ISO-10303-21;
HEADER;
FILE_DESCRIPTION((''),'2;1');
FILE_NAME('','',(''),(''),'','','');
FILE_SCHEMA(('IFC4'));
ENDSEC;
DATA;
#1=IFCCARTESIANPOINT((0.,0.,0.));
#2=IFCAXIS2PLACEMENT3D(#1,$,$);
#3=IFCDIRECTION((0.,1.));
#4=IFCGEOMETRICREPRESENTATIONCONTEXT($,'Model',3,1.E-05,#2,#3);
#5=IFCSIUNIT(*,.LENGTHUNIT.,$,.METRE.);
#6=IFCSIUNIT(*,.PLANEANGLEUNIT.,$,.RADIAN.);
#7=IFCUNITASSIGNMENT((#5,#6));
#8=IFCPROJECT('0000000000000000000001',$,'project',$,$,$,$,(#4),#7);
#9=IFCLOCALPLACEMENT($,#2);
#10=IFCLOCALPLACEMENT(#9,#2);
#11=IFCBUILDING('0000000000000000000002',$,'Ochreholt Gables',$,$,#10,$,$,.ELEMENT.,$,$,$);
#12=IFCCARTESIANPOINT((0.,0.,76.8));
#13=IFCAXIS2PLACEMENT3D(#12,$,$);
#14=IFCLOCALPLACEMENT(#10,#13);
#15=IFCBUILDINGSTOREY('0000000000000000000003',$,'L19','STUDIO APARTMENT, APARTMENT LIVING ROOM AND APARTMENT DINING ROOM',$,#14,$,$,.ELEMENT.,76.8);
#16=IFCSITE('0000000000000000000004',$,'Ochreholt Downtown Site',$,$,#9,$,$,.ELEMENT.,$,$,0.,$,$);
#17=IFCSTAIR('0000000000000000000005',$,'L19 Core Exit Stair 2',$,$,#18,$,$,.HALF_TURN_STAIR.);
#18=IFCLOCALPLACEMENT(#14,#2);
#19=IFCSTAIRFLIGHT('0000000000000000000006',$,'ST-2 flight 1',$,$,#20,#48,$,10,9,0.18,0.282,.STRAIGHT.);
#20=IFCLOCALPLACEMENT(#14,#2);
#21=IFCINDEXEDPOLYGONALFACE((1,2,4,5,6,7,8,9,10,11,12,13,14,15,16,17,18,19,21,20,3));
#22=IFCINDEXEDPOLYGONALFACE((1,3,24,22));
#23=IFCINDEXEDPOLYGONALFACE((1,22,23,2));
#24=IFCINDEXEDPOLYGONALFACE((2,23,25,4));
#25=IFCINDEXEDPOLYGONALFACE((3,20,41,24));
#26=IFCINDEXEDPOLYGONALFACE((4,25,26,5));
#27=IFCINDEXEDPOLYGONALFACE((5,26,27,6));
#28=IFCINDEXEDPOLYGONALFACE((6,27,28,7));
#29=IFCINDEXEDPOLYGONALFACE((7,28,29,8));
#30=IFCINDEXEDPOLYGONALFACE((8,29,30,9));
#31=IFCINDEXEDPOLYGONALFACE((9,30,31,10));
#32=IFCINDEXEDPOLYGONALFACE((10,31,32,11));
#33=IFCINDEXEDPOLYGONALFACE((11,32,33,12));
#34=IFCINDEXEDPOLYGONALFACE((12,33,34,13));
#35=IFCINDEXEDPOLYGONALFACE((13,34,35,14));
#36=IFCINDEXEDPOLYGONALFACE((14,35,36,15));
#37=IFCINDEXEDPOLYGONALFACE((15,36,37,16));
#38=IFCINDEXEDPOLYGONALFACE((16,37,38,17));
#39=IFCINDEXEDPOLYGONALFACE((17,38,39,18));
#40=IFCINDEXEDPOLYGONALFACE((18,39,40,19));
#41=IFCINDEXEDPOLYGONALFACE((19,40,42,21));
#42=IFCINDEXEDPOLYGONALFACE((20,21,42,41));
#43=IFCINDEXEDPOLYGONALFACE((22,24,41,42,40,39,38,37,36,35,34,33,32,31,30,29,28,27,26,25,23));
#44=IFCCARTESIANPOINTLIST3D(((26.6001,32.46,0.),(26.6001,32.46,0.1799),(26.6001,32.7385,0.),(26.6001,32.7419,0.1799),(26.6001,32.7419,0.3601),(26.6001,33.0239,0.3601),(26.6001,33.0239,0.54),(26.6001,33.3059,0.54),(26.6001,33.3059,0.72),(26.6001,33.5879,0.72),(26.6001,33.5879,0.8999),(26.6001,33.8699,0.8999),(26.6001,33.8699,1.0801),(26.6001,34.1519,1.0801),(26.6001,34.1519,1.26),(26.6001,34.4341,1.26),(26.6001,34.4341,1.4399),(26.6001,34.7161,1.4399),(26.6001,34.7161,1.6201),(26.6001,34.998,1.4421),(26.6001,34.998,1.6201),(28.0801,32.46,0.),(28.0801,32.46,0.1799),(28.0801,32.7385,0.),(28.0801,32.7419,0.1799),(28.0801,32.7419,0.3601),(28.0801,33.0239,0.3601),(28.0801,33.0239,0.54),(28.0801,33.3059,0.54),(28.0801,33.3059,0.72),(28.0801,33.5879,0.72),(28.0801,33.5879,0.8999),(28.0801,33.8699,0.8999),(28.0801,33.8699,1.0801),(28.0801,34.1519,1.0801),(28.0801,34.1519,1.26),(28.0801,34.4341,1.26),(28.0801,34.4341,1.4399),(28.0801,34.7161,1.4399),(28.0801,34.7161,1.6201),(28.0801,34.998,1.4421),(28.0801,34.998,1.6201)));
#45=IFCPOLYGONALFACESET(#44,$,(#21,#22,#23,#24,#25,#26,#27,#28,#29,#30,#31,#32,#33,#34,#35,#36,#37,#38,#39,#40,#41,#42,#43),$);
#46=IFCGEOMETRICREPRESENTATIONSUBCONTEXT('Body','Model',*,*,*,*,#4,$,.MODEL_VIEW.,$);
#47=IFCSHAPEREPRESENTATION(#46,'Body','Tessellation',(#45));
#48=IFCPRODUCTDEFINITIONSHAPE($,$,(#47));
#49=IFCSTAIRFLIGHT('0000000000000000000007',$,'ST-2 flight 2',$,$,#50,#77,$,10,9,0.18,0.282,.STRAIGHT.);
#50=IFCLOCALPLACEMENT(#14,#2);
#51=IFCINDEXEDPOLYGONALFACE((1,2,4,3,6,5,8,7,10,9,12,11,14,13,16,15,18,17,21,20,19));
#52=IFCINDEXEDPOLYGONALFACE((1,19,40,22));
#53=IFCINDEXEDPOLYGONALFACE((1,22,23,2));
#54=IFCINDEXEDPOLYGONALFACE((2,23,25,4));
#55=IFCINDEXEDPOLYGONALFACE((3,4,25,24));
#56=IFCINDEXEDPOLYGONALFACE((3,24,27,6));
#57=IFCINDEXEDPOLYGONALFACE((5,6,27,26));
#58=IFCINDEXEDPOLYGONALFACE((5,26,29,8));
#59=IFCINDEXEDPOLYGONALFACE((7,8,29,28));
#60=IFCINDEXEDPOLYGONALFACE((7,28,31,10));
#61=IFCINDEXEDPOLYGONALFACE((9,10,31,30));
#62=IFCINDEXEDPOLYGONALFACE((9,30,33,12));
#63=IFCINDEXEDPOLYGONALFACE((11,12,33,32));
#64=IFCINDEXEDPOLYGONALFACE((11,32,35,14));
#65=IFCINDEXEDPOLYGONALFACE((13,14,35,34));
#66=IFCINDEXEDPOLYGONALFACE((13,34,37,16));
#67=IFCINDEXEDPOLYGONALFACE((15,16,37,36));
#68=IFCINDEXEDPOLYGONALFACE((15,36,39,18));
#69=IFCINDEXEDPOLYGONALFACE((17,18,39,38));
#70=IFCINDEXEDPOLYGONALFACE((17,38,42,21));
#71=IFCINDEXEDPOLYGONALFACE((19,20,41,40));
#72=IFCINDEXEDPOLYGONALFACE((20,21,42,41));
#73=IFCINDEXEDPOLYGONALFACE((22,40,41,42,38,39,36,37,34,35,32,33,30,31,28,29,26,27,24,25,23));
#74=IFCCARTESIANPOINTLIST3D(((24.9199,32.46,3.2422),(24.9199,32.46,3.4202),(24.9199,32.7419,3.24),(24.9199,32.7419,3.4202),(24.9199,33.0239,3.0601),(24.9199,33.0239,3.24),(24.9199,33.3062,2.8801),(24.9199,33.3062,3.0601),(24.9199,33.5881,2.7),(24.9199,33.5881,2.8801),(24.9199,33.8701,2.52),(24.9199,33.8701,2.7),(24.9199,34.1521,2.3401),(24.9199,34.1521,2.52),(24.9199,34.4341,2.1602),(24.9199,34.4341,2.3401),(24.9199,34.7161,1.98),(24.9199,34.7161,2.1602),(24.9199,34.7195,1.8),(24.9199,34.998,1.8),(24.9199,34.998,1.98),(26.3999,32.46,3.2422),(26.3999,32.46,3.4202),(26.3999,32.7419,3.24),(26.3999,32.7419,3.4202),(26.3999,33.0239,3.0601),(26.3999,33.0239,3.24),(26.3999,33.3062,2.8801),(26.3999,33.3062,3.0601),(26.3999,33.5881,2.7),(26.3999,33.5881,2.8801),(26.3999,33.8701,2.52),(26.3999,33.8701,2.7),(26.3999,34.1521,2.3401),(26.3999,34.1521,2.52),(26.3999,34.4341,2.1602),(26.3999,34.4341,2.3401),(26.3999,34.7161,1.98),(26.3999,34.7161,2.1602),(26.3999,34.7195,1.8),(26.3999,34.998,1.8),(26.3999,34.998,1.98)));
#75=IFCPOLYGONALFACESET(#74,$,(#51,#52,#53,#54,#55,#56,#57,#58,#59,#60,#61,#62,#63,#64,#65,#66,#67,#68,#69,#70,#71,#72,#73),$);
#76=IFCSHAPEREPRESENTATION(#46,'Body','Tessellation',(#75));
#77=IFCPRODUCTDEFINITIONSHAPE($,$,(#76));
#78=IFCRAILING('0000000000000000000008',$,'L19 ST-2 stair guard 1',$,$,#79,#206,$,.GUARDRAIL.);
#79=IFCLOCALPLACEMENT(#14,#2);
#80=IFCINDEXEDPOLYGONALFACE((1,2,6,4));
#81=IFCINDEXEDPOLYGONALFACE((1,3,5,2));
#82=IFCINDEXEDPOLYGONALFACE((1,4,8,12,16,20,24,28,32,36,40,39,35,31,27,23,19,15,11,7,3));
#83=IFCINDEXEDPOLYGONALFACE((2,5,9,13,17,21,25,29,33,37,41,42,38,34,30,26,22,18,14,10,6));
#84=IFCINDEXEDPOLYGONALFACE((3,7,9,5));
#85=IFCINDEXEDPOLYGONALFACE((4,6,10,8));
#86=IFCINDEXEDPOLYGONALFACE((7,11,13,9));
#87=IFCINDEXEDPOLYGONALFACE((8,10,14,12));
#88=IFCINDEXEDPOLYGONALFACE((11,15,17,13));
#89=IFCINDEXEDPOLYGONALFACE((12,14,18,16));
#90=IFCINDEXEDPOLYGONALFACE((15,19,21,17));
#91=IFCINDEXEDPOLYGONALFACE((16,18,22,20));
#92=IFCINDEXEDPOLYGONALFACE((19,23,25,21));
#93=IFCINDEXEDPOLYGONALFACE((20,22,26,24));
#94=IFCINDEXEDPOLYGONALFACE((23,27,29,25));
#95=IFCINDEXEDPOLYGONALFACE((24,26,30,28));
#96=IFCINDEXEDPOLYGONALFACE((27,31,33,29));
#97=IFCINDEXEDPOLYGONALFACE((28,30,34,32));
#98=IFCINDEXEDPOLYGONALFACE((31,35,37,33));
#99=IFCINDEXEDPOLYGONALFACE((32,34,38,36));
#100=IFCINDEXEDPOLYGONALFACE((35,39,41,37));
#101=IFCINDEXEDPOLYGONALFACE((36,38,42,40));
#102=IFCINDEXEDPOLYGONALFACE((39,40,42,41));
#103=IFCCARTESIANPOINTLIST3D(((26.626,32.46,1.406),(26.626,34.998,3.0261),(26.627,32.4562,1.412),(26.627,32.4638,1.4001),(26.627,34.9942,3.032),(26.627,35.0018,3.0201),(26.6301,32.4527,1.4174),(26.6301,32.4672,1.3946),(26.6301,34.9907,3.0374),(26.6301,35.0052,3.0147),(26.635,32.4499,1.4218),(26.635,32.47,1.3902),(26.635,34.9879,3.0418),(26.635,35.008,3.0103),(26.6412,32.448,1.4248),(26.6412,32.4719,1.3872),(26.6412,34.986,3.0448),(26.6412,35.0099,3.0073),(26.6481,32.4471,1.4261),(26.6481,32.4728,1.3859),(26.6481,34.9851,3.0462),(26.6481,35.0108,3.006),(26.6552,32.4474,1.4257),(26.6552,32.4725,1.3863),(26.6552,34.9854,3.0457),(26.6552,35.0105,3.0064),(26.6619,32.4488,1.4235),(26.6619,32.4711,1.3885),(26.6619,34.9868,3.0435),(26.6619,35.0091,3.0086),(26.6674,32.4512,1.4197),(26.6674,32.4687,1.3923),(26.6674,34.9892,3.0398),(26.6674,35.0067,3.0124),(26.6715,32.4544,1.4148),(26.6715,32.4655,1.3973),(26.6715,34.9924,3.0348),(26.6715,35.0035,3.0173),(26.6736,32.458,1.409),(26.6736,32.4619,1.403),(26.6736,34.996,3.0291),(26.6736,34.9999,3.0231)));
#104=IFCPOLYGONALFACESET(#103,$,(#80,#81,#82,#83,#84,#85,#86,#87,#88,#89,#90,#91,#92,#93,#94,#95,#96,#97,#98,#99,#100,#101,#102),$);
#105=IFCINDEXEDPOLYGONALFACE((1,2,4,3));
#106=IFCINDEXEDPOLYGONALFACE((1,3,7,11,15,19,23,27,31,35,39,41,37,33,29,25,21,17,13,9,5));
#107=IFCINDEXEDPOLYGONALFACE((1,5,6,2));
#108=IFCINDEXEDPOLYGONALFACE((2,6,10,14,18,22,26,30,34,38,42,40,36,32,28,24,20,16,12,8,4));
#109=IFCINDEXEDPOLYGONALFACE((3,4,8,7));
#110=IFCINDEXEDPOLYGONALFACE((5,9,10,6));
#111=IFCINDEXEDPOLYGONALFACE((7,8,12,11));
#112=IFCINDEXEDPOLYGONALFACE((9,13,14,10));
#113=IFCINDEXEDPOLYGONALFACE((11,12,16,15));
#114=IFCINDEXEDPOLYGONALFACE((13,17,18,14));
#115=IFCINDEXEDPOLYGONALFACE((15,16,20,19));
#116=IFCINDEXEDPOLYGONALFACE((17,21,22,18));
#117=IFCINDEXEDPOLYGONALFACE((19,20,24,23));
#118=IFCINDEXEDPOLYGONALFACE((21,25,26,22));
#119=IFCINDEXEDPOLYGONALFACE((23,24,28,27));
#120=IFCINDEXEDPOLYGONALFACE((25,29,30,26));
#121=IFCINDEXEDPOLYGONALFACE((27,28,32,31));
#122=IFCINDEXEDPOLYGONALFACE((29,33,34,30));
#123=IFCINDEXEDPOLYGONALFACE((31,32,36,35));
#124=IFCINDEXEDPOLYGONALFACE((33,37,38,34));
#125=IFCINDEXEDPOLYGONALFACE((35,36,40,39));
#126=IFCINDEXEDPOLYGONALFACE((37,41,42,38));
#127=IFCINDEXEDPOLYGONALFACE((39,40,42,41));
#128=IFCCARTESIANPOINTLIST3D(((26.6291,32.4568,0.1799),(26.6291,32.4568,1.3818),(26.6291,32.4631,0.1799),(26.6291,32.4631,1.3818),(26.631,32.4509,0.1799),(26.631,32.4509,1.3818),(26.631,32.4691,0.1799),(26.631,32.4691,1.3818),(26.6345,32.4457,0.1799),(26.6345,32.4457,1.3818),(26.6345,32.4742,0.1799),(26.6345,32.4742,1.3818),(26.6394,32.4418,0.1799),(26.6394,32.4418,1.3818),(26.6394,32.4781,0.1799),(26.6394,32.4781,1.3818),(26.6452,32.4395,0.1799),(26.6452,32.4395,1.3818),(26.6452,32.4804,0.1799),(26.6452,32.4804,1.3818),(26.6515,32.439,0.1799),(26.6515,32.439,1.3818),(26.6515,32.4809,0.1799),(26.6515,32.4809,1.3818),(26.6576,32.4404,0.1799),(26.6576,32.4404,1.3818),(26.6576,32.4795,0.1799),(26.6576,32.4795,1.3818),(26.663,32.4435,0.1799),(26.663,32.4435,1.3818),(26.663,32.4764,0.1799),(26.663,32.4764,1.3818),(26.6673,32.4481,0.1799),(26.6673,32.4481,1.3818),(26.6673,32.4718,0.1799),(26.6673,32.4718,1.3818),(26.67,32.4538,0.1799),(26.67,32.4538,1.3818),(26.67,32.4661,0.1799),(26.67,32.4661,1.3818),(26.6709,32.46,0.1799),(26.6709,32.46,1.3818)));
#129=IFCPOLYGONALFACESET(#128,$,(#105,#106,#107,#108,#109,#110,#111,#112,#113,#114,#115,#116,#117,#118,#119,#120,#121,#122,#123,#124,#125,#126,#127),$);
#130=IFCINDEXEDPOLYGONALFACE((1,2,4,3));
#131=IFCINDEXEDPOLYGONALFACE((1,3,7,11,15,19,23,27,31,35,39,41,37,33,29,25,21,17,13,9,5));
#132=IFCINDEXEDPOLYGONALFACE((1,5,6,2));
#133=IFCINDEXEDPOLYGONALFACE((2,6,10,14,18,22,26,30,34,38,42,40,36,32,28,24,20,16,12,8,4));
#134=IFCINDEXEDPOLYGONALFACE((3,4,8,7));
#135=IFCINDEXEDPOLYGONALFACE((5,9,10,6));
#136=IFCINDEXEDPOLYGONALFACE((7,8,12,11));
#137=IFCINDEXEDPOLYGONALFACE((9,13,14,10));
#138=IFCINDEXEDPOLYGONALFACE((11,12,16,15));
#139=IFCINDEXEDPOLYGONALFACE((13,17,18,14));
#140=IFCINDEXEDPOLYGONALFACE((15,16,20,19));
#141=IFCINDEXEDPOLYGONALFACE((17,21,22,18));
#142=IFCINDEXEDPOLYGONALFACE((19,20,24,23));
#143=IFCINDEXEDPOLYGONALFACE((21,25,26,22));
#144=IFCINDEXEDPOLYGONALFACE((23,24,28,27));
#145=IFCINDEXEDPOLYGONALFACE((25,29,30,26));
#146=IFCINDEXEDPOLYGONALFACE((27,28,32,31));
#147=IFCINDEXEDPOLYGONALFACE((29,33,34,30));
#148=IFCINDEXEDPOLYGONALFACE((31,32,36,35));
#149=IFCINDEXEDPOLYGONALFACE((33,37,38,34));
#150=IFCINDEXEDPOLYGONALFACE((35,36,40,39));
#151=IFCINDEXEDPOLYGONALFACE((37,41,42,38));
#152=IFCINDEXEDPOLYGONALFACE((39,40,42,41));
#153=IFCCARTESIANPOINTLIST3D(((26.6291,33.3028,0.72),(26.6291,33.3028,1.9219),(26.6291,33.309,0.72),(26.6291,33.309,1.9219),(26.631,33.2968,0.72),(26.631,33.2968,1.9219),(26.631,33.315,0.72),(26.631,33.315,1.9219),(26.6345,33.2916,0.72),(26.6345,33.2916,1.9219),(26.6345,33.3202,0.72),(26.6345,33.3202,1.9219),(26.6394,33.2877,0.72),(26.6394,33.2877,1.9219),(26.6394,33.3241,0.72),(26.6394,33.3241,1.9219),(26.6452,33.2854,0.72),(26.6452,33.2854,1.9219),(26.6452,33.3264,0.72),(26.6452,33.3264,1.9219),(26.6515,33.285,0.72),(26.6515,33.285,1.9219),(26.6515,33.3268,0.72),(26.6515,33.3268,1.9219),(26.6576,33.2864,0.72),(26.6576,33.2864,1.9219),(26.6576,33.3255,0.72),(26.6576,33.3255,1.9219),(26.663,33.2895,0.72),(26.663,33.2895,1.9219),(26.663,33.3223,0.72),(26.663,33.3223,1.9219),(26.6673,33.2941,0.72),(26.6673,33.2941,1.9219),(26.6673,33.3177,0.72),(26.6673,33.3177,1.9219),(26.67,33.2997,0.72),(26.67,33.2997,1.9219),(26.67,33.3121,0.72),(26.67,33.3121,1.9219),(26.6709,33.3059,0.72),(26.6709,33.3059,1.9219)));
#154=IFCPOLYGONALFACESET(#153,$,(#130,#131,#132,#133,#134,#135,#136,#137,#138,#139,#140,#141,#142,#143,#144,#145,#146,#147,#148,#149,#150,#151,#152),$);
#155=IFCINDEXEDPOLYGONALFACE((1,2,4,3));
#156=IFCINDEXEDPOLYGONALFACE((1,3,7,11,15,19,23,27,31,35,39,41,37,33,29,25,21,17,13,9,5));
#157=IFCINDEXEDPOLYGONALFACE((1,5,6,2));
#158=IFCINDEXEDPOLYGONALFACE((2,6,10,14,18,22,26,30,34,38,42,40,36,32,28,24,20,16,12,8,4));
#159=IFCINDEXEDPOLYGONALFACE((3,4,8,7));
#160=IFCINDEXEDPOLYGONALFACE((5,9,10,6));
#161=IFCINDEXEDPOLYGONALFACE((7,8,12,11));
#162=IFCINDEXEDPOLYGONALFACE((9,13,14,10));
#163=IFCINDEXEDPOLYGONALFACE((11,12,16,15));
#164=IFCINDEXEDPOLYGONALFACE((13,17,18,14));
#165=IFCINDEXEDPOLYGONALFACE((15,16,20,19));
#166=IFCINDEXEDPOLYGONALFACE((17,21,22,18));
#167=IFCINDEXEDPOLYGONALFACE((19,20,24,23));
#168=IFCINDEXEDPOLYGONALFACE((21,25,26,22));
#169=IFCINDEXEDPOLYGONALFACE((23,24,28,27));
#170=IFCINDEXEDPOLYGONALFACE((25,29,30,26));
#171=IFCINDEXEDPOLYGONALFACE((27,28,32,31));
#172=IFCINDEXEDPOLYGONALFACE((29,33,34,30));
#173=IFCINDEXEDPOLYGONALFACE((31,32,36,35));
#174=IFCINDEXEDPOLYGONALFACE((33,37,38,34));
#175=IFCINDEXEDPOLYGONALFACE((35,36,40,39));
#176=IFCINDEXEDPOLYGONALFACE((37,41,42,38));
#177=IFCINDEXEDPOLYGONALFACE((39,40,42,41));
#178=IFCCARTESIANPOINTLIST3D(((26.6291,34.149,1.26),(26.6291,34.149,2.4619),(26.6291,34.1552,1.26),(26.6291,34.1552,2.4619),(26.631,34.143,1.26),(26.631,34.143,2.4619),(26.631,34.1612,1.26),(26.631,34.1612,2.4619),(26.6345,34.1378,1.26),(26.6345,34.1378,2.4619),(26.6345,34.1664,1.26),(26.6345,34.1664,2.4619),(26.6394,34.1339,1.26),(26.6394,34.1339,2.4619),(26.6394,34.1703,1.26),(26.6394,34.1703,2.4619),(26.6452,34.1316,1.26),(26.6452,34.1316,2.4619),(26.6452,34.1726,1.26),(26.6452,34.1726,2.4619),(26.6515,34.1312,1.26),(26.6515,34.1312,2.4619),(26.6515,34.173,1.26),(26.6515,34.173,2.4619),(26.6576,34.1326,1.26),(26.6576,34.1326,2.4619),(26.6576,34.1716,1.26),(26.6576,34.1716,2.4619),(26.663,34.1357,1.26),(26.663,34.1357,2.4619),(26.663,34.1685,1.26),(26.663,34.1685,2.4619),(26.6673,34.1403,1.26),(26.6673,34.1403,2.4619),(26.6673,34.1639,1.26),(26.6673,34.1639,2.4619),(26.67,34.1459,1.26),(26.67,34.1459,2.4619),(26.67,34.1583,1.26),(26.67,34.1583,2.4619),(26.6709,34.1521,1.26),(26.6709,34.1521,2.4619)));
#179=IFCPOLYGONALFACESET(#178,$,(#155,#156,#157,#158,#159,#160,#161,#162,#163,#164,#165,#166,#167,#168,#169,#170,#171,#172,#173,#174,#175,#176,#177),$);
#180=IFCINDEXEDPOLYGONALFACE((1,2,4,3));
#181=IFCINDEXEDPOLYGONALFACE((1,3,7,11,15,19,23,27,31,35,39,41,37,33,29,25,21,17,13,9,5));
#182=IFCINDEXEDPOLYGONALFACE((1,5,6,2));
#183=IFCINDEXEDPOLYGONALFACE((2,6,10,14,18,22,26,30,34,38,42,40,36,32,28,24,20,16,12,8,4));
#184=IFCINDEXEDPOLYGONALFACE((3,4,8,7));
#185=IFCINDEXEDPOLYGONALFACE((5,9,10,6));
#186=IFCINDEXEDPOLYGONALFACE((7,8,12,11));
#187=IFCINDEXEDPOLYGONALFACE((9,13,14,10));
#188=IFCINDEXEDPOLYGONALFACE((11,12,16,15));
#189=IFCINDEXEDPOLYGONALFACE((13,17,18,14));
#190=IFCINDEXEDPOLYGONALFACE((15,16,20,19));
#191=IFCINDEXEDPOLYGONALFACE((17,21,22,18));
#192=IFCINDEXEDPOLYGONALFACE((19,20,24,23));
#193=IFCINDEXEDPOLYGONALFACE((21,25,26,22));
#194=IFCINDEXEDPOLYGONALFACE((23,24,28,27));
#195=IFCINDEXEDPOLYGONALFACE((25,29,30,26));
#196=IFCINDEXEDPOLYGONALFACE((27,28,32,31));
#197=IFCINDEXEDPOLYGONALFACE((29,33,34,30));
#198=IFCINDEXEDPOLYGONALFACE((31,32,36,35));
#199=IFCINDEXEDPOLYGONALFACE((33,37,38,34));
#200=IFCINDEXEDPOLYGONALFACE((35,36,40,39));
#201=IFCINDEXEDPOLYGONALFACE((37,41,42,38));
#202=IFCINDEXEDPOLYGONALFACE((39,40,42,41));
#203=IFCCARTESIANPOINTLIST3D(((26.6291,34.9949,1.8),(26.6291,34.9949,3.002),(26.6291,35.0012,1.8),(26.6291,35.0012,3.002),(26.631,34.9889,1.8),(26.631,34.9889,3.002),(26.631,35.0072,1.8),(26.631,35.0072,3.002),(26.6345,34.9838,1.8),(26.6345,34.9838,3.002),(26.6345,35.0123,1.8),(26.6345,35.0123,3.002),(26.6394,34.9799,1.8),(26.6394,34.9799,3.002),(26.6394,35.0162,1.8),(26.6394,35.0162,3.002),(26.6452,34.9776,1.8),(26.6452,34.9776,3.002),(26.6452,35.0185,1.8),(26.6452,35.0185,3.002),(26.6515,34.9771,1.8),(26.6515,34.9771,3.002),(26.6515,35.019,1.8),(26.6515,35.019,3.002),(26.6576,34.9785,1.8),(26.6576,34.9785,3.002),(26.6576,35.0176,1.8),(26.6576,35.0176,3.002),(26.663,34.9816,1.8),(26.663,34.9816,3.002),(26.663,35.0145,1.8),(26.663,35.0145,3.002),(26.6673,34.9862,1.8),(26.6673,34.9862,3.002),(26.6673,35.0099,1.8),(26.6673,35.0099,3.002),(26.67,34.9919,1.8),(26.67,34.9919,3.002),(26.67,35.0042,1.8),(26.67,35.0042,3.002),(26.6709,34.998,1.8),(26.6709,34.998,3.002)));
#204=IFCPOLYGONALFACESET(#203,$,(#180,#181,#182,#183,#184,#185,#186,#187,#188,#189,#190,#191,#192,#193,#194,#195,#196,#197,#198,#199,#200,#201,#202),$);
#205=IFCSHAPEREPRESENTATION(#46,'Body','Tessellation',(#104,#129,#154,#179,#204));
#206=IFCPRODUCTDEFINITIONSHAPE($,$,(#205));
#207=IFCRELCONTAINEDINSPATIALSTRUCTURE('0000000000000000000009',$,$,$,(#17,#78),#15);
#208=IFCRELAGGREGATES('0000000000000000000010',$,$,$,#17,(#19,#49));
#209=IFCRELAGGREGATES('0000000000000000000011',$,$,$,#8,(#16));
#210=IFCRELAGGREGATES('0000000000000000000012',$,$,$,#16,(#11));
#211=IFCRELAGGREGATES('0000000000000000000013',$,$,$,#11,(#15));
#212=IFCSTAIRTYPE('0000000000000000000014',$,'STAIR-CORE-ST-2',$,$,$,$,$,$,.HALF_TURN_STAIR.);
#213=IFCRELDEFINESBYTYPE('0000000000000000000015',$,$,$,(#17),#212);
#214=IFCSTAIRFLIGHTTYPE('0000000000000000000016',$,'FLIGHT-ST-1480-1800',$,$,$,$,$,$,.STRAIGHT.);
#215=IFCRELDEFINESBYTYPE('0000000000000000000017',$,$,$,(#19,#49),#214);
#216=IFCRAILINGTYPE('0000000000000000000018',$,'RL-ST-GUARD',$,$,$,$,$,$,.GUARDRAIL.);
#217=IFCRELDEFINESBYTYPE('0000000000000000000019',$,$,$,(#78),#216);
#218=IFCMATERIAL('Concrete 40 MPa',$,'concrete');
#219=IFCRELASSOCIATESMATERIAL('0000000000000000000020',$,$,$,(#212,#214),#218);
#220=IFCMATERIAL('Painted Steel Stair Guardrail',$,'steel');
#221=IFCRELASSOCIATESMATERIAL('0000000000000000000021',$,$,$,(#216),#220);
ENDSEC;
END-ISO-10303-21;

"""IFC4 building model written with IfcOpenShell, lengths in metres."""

from ifc_helpers import new_model, si_unit, direction, frame, origin, origin_2d, place, context, subcontext, project, spatial, polyline, circle, outline, extrude, material, type_object, element, aggregate, save


model = new_model("IFC4")

# Units and contexts
model_context = context("Model", 3, precision=1e-05, world=origin(), true_north=direction((0.0, 1.0)))
body_context = subcontext(model_context, "Body", "Model", "MODEL_VIEW")
ifc_project = project(units=[si_unit("LENGTHUNIT", "METRE"), si_unit("PLANEANGLEUNIT", "RADIAN")], contexts=[model_context])

# Site, building, storey
site_placement = place(None, origin())
site = spatial("IfcSite", under=ifc_project, at=site_placement, Name="Ochreholt Downtown Site", CompositionType="ELEMENT", RefElevation=0.0)
building_placement = place(site_placement, origin())
building = spatial("IfcBuilding", under=site, at=building_placement, Name="Ochreholt Gables", CompositionType="ELEMENT")
storey_placement = place(building_placement, frame((0.0, 0.0, 76.8)))
storey = spatial("IfcBuildingStorey", under=building, at=storey_placement, Name="L19", Description="STUDIO APARTMENT, APARTMENT LIVING ROOM AND APARTMENT DINING ROOM", CompositionType="ELEMENT", Elevation=76.8)

# Stair, stair flights
ifc_material_1 = material(Name="Concrete 40 MPa", Category="concrete")
stair_type = type_object("IfcStairType", Name="STAIR-CORE-ST-2", PredefinedType="HALF_TURN_STAIR", material=ifc_material_1)
stair_placement = place(storey_placement, origin())
stair = element("IfcStair", 1, at=stair_placement, inside=storey, type_object=stair_type, Name="L19 Core Exit Stair 2", PredefinedType="HALF_TURN_STAIR")
stair_flight_type = type_object("IfcStairFlightType", Name="FLIGHT-ST-1480-1800", PredefinedType="STRAIGHT", material=ifc_material_1)
stair_flight_1_placement = place(storey_placement, frame((27.3401, 32.46, 0.0), z_axis=(0.0, 0.0, 1.0), x_axis=(0.0, 1.0, 0.0)))
stair_flight_1 = element("IfcStairFlight", 2, at=stair_flight_1_placement, type_object=stair_flight_type, Name="ST-2 flight 1", NumberOfRisers=10, NumberOfTreads=9, PredefinedType="STRAIGHT", RiserHeight=0.18, TreadLength=0.282, context=body_context, shape_type="SweptSolid", body=[
    extrude(outline(polyline([(0.0, 0.0), (0.0, 0.1799), (0.282, 0.1799), (0.282, 0.3601), (0.564, 0.3601), (0.564, 0.54), (0.8459, 0.54), (0.8459, 0.72), (1.1279, 0.72), (1.1279, 0.8999), (1.4099, 0.8999), (1.4099, 1.0801), (1.6919, 1.0801), (1.6919, 1.26), (1.9741, 1.26), (1.9741, 1.4399), (2.2561, 1.4399), (2.2561, 1.6201), (2.5381, 1.6201), (2.5381, 1.8), (2.5381, 1.4421), (0.2786, 0.0), (0.0, 0.0)])), frame((0.0, 0.74, 0.0), z_axis=(0.0, -1.0, 0.0), x_axis=(1.0, 0.0, 0.0)), (0.0, 0.0, 1.0), 1.48),
])
stair_flight_2_placement = place(storey_placement, frame((25.6599, 34.998, 1.8), z_axis=(0.0, 0.0, 1.0), x_axis=(0.0, -1.0, 0.0)))
stair_flight_2 = element("IfcStairFlight", 3, at=stair_flight_2_placement, type_object=stair_flight_type, Name="ST-2 flight 2", NumberOfRisers=10, NumberOfTreads=9, PredefinedType="STRAIGHT", RiserHeight=0.18, TreadLength=0.282, context=body_context, shape_type="SweptSolid", body=[
    extrude(outline(polyline([(0.0, 0.0), (0.0, 0.1799), (0.282, 0.1799), (0.282, 0.3601), (0.564, 0.3601), (0.564, 0.54), (0.8459, 0.54), (0.8459, 0.72), (1.1279, 0.72), (1.1279, 0.8999), (1.4099, 0.8999), (1.4099, 1.0801), (1.6919, 1.0801), (1.6919, 1.26), (1.9741, 1.26), (1.9741, 1.4399), (2.2561, 1.4399), (2.2561, 1.6201), (2.5381, 1.6201), (2.5381, 1.8), (2.5381, 1.4421), (0.2786, 0.0), (0.0, 0.0)])), frame((0.0, 0.74, 0.0), z_axis=(0.0, -1.0, 0.0), x_axis=(1.0, 0.0, 0.0)), (0.0, 0.0, 1.0), 1.48),
])
aggregate(stair, [stair_flight_1, stair_flight_2])

# Railing
ifc_material_2 = material(Name="Painted Steel Stair Guardrail", Category="steel")
railing_type_1 = type_object("IfcRailingType", Name="RL-ST-GUARD", PredefinedType="GUARDRAIL", material=ifc_material_2)
railing_1_placement = place(storey_placement, frame((26.6499, 32.46, 0.1799)))
element("IfcRailing", 4, at=railing_1_placement, inside=storey, type_object=railing_type_1, Name="L19 ST-2 stair guard 1", PredefinedType="GUARDRAIL", context=body_context, shape_type="SweptSolid", body=[
    extrude(circle(Radius=0.0239, at=origin_2d()), frame((0.0, 0.0, 1.2261), z_axis=(0.0, 0.842913, 0.53805), x_axis=(-1.0, 0.0, 0.0)), (0.0, 0.0, 1.0), 3.011),
    extrude(circle(Radius=0.021, at=origin_2d()), origin(), (0.0, 0.0, 1.0), 1.2019),
    extrude(circle(Radius=0.021, at=origin_2d()), frame((0.0, 0.8459, 0.54)), (0.0, 0.0, 1.0), 1.2019),
    extrude(circle(Radius=0.021, at=origin_2d()), frame((0.0, 1.6921, 1.0801)), (0.0, 0.0, 1.0), 1.2019),
    extrude(circle(Radius=0.021, at=origin_2d()), frame((0.0, 2.5381, 1.6201)), (0.0, 0.0, 1.0), 1.2019),
])

save(model, "model.ifc")
